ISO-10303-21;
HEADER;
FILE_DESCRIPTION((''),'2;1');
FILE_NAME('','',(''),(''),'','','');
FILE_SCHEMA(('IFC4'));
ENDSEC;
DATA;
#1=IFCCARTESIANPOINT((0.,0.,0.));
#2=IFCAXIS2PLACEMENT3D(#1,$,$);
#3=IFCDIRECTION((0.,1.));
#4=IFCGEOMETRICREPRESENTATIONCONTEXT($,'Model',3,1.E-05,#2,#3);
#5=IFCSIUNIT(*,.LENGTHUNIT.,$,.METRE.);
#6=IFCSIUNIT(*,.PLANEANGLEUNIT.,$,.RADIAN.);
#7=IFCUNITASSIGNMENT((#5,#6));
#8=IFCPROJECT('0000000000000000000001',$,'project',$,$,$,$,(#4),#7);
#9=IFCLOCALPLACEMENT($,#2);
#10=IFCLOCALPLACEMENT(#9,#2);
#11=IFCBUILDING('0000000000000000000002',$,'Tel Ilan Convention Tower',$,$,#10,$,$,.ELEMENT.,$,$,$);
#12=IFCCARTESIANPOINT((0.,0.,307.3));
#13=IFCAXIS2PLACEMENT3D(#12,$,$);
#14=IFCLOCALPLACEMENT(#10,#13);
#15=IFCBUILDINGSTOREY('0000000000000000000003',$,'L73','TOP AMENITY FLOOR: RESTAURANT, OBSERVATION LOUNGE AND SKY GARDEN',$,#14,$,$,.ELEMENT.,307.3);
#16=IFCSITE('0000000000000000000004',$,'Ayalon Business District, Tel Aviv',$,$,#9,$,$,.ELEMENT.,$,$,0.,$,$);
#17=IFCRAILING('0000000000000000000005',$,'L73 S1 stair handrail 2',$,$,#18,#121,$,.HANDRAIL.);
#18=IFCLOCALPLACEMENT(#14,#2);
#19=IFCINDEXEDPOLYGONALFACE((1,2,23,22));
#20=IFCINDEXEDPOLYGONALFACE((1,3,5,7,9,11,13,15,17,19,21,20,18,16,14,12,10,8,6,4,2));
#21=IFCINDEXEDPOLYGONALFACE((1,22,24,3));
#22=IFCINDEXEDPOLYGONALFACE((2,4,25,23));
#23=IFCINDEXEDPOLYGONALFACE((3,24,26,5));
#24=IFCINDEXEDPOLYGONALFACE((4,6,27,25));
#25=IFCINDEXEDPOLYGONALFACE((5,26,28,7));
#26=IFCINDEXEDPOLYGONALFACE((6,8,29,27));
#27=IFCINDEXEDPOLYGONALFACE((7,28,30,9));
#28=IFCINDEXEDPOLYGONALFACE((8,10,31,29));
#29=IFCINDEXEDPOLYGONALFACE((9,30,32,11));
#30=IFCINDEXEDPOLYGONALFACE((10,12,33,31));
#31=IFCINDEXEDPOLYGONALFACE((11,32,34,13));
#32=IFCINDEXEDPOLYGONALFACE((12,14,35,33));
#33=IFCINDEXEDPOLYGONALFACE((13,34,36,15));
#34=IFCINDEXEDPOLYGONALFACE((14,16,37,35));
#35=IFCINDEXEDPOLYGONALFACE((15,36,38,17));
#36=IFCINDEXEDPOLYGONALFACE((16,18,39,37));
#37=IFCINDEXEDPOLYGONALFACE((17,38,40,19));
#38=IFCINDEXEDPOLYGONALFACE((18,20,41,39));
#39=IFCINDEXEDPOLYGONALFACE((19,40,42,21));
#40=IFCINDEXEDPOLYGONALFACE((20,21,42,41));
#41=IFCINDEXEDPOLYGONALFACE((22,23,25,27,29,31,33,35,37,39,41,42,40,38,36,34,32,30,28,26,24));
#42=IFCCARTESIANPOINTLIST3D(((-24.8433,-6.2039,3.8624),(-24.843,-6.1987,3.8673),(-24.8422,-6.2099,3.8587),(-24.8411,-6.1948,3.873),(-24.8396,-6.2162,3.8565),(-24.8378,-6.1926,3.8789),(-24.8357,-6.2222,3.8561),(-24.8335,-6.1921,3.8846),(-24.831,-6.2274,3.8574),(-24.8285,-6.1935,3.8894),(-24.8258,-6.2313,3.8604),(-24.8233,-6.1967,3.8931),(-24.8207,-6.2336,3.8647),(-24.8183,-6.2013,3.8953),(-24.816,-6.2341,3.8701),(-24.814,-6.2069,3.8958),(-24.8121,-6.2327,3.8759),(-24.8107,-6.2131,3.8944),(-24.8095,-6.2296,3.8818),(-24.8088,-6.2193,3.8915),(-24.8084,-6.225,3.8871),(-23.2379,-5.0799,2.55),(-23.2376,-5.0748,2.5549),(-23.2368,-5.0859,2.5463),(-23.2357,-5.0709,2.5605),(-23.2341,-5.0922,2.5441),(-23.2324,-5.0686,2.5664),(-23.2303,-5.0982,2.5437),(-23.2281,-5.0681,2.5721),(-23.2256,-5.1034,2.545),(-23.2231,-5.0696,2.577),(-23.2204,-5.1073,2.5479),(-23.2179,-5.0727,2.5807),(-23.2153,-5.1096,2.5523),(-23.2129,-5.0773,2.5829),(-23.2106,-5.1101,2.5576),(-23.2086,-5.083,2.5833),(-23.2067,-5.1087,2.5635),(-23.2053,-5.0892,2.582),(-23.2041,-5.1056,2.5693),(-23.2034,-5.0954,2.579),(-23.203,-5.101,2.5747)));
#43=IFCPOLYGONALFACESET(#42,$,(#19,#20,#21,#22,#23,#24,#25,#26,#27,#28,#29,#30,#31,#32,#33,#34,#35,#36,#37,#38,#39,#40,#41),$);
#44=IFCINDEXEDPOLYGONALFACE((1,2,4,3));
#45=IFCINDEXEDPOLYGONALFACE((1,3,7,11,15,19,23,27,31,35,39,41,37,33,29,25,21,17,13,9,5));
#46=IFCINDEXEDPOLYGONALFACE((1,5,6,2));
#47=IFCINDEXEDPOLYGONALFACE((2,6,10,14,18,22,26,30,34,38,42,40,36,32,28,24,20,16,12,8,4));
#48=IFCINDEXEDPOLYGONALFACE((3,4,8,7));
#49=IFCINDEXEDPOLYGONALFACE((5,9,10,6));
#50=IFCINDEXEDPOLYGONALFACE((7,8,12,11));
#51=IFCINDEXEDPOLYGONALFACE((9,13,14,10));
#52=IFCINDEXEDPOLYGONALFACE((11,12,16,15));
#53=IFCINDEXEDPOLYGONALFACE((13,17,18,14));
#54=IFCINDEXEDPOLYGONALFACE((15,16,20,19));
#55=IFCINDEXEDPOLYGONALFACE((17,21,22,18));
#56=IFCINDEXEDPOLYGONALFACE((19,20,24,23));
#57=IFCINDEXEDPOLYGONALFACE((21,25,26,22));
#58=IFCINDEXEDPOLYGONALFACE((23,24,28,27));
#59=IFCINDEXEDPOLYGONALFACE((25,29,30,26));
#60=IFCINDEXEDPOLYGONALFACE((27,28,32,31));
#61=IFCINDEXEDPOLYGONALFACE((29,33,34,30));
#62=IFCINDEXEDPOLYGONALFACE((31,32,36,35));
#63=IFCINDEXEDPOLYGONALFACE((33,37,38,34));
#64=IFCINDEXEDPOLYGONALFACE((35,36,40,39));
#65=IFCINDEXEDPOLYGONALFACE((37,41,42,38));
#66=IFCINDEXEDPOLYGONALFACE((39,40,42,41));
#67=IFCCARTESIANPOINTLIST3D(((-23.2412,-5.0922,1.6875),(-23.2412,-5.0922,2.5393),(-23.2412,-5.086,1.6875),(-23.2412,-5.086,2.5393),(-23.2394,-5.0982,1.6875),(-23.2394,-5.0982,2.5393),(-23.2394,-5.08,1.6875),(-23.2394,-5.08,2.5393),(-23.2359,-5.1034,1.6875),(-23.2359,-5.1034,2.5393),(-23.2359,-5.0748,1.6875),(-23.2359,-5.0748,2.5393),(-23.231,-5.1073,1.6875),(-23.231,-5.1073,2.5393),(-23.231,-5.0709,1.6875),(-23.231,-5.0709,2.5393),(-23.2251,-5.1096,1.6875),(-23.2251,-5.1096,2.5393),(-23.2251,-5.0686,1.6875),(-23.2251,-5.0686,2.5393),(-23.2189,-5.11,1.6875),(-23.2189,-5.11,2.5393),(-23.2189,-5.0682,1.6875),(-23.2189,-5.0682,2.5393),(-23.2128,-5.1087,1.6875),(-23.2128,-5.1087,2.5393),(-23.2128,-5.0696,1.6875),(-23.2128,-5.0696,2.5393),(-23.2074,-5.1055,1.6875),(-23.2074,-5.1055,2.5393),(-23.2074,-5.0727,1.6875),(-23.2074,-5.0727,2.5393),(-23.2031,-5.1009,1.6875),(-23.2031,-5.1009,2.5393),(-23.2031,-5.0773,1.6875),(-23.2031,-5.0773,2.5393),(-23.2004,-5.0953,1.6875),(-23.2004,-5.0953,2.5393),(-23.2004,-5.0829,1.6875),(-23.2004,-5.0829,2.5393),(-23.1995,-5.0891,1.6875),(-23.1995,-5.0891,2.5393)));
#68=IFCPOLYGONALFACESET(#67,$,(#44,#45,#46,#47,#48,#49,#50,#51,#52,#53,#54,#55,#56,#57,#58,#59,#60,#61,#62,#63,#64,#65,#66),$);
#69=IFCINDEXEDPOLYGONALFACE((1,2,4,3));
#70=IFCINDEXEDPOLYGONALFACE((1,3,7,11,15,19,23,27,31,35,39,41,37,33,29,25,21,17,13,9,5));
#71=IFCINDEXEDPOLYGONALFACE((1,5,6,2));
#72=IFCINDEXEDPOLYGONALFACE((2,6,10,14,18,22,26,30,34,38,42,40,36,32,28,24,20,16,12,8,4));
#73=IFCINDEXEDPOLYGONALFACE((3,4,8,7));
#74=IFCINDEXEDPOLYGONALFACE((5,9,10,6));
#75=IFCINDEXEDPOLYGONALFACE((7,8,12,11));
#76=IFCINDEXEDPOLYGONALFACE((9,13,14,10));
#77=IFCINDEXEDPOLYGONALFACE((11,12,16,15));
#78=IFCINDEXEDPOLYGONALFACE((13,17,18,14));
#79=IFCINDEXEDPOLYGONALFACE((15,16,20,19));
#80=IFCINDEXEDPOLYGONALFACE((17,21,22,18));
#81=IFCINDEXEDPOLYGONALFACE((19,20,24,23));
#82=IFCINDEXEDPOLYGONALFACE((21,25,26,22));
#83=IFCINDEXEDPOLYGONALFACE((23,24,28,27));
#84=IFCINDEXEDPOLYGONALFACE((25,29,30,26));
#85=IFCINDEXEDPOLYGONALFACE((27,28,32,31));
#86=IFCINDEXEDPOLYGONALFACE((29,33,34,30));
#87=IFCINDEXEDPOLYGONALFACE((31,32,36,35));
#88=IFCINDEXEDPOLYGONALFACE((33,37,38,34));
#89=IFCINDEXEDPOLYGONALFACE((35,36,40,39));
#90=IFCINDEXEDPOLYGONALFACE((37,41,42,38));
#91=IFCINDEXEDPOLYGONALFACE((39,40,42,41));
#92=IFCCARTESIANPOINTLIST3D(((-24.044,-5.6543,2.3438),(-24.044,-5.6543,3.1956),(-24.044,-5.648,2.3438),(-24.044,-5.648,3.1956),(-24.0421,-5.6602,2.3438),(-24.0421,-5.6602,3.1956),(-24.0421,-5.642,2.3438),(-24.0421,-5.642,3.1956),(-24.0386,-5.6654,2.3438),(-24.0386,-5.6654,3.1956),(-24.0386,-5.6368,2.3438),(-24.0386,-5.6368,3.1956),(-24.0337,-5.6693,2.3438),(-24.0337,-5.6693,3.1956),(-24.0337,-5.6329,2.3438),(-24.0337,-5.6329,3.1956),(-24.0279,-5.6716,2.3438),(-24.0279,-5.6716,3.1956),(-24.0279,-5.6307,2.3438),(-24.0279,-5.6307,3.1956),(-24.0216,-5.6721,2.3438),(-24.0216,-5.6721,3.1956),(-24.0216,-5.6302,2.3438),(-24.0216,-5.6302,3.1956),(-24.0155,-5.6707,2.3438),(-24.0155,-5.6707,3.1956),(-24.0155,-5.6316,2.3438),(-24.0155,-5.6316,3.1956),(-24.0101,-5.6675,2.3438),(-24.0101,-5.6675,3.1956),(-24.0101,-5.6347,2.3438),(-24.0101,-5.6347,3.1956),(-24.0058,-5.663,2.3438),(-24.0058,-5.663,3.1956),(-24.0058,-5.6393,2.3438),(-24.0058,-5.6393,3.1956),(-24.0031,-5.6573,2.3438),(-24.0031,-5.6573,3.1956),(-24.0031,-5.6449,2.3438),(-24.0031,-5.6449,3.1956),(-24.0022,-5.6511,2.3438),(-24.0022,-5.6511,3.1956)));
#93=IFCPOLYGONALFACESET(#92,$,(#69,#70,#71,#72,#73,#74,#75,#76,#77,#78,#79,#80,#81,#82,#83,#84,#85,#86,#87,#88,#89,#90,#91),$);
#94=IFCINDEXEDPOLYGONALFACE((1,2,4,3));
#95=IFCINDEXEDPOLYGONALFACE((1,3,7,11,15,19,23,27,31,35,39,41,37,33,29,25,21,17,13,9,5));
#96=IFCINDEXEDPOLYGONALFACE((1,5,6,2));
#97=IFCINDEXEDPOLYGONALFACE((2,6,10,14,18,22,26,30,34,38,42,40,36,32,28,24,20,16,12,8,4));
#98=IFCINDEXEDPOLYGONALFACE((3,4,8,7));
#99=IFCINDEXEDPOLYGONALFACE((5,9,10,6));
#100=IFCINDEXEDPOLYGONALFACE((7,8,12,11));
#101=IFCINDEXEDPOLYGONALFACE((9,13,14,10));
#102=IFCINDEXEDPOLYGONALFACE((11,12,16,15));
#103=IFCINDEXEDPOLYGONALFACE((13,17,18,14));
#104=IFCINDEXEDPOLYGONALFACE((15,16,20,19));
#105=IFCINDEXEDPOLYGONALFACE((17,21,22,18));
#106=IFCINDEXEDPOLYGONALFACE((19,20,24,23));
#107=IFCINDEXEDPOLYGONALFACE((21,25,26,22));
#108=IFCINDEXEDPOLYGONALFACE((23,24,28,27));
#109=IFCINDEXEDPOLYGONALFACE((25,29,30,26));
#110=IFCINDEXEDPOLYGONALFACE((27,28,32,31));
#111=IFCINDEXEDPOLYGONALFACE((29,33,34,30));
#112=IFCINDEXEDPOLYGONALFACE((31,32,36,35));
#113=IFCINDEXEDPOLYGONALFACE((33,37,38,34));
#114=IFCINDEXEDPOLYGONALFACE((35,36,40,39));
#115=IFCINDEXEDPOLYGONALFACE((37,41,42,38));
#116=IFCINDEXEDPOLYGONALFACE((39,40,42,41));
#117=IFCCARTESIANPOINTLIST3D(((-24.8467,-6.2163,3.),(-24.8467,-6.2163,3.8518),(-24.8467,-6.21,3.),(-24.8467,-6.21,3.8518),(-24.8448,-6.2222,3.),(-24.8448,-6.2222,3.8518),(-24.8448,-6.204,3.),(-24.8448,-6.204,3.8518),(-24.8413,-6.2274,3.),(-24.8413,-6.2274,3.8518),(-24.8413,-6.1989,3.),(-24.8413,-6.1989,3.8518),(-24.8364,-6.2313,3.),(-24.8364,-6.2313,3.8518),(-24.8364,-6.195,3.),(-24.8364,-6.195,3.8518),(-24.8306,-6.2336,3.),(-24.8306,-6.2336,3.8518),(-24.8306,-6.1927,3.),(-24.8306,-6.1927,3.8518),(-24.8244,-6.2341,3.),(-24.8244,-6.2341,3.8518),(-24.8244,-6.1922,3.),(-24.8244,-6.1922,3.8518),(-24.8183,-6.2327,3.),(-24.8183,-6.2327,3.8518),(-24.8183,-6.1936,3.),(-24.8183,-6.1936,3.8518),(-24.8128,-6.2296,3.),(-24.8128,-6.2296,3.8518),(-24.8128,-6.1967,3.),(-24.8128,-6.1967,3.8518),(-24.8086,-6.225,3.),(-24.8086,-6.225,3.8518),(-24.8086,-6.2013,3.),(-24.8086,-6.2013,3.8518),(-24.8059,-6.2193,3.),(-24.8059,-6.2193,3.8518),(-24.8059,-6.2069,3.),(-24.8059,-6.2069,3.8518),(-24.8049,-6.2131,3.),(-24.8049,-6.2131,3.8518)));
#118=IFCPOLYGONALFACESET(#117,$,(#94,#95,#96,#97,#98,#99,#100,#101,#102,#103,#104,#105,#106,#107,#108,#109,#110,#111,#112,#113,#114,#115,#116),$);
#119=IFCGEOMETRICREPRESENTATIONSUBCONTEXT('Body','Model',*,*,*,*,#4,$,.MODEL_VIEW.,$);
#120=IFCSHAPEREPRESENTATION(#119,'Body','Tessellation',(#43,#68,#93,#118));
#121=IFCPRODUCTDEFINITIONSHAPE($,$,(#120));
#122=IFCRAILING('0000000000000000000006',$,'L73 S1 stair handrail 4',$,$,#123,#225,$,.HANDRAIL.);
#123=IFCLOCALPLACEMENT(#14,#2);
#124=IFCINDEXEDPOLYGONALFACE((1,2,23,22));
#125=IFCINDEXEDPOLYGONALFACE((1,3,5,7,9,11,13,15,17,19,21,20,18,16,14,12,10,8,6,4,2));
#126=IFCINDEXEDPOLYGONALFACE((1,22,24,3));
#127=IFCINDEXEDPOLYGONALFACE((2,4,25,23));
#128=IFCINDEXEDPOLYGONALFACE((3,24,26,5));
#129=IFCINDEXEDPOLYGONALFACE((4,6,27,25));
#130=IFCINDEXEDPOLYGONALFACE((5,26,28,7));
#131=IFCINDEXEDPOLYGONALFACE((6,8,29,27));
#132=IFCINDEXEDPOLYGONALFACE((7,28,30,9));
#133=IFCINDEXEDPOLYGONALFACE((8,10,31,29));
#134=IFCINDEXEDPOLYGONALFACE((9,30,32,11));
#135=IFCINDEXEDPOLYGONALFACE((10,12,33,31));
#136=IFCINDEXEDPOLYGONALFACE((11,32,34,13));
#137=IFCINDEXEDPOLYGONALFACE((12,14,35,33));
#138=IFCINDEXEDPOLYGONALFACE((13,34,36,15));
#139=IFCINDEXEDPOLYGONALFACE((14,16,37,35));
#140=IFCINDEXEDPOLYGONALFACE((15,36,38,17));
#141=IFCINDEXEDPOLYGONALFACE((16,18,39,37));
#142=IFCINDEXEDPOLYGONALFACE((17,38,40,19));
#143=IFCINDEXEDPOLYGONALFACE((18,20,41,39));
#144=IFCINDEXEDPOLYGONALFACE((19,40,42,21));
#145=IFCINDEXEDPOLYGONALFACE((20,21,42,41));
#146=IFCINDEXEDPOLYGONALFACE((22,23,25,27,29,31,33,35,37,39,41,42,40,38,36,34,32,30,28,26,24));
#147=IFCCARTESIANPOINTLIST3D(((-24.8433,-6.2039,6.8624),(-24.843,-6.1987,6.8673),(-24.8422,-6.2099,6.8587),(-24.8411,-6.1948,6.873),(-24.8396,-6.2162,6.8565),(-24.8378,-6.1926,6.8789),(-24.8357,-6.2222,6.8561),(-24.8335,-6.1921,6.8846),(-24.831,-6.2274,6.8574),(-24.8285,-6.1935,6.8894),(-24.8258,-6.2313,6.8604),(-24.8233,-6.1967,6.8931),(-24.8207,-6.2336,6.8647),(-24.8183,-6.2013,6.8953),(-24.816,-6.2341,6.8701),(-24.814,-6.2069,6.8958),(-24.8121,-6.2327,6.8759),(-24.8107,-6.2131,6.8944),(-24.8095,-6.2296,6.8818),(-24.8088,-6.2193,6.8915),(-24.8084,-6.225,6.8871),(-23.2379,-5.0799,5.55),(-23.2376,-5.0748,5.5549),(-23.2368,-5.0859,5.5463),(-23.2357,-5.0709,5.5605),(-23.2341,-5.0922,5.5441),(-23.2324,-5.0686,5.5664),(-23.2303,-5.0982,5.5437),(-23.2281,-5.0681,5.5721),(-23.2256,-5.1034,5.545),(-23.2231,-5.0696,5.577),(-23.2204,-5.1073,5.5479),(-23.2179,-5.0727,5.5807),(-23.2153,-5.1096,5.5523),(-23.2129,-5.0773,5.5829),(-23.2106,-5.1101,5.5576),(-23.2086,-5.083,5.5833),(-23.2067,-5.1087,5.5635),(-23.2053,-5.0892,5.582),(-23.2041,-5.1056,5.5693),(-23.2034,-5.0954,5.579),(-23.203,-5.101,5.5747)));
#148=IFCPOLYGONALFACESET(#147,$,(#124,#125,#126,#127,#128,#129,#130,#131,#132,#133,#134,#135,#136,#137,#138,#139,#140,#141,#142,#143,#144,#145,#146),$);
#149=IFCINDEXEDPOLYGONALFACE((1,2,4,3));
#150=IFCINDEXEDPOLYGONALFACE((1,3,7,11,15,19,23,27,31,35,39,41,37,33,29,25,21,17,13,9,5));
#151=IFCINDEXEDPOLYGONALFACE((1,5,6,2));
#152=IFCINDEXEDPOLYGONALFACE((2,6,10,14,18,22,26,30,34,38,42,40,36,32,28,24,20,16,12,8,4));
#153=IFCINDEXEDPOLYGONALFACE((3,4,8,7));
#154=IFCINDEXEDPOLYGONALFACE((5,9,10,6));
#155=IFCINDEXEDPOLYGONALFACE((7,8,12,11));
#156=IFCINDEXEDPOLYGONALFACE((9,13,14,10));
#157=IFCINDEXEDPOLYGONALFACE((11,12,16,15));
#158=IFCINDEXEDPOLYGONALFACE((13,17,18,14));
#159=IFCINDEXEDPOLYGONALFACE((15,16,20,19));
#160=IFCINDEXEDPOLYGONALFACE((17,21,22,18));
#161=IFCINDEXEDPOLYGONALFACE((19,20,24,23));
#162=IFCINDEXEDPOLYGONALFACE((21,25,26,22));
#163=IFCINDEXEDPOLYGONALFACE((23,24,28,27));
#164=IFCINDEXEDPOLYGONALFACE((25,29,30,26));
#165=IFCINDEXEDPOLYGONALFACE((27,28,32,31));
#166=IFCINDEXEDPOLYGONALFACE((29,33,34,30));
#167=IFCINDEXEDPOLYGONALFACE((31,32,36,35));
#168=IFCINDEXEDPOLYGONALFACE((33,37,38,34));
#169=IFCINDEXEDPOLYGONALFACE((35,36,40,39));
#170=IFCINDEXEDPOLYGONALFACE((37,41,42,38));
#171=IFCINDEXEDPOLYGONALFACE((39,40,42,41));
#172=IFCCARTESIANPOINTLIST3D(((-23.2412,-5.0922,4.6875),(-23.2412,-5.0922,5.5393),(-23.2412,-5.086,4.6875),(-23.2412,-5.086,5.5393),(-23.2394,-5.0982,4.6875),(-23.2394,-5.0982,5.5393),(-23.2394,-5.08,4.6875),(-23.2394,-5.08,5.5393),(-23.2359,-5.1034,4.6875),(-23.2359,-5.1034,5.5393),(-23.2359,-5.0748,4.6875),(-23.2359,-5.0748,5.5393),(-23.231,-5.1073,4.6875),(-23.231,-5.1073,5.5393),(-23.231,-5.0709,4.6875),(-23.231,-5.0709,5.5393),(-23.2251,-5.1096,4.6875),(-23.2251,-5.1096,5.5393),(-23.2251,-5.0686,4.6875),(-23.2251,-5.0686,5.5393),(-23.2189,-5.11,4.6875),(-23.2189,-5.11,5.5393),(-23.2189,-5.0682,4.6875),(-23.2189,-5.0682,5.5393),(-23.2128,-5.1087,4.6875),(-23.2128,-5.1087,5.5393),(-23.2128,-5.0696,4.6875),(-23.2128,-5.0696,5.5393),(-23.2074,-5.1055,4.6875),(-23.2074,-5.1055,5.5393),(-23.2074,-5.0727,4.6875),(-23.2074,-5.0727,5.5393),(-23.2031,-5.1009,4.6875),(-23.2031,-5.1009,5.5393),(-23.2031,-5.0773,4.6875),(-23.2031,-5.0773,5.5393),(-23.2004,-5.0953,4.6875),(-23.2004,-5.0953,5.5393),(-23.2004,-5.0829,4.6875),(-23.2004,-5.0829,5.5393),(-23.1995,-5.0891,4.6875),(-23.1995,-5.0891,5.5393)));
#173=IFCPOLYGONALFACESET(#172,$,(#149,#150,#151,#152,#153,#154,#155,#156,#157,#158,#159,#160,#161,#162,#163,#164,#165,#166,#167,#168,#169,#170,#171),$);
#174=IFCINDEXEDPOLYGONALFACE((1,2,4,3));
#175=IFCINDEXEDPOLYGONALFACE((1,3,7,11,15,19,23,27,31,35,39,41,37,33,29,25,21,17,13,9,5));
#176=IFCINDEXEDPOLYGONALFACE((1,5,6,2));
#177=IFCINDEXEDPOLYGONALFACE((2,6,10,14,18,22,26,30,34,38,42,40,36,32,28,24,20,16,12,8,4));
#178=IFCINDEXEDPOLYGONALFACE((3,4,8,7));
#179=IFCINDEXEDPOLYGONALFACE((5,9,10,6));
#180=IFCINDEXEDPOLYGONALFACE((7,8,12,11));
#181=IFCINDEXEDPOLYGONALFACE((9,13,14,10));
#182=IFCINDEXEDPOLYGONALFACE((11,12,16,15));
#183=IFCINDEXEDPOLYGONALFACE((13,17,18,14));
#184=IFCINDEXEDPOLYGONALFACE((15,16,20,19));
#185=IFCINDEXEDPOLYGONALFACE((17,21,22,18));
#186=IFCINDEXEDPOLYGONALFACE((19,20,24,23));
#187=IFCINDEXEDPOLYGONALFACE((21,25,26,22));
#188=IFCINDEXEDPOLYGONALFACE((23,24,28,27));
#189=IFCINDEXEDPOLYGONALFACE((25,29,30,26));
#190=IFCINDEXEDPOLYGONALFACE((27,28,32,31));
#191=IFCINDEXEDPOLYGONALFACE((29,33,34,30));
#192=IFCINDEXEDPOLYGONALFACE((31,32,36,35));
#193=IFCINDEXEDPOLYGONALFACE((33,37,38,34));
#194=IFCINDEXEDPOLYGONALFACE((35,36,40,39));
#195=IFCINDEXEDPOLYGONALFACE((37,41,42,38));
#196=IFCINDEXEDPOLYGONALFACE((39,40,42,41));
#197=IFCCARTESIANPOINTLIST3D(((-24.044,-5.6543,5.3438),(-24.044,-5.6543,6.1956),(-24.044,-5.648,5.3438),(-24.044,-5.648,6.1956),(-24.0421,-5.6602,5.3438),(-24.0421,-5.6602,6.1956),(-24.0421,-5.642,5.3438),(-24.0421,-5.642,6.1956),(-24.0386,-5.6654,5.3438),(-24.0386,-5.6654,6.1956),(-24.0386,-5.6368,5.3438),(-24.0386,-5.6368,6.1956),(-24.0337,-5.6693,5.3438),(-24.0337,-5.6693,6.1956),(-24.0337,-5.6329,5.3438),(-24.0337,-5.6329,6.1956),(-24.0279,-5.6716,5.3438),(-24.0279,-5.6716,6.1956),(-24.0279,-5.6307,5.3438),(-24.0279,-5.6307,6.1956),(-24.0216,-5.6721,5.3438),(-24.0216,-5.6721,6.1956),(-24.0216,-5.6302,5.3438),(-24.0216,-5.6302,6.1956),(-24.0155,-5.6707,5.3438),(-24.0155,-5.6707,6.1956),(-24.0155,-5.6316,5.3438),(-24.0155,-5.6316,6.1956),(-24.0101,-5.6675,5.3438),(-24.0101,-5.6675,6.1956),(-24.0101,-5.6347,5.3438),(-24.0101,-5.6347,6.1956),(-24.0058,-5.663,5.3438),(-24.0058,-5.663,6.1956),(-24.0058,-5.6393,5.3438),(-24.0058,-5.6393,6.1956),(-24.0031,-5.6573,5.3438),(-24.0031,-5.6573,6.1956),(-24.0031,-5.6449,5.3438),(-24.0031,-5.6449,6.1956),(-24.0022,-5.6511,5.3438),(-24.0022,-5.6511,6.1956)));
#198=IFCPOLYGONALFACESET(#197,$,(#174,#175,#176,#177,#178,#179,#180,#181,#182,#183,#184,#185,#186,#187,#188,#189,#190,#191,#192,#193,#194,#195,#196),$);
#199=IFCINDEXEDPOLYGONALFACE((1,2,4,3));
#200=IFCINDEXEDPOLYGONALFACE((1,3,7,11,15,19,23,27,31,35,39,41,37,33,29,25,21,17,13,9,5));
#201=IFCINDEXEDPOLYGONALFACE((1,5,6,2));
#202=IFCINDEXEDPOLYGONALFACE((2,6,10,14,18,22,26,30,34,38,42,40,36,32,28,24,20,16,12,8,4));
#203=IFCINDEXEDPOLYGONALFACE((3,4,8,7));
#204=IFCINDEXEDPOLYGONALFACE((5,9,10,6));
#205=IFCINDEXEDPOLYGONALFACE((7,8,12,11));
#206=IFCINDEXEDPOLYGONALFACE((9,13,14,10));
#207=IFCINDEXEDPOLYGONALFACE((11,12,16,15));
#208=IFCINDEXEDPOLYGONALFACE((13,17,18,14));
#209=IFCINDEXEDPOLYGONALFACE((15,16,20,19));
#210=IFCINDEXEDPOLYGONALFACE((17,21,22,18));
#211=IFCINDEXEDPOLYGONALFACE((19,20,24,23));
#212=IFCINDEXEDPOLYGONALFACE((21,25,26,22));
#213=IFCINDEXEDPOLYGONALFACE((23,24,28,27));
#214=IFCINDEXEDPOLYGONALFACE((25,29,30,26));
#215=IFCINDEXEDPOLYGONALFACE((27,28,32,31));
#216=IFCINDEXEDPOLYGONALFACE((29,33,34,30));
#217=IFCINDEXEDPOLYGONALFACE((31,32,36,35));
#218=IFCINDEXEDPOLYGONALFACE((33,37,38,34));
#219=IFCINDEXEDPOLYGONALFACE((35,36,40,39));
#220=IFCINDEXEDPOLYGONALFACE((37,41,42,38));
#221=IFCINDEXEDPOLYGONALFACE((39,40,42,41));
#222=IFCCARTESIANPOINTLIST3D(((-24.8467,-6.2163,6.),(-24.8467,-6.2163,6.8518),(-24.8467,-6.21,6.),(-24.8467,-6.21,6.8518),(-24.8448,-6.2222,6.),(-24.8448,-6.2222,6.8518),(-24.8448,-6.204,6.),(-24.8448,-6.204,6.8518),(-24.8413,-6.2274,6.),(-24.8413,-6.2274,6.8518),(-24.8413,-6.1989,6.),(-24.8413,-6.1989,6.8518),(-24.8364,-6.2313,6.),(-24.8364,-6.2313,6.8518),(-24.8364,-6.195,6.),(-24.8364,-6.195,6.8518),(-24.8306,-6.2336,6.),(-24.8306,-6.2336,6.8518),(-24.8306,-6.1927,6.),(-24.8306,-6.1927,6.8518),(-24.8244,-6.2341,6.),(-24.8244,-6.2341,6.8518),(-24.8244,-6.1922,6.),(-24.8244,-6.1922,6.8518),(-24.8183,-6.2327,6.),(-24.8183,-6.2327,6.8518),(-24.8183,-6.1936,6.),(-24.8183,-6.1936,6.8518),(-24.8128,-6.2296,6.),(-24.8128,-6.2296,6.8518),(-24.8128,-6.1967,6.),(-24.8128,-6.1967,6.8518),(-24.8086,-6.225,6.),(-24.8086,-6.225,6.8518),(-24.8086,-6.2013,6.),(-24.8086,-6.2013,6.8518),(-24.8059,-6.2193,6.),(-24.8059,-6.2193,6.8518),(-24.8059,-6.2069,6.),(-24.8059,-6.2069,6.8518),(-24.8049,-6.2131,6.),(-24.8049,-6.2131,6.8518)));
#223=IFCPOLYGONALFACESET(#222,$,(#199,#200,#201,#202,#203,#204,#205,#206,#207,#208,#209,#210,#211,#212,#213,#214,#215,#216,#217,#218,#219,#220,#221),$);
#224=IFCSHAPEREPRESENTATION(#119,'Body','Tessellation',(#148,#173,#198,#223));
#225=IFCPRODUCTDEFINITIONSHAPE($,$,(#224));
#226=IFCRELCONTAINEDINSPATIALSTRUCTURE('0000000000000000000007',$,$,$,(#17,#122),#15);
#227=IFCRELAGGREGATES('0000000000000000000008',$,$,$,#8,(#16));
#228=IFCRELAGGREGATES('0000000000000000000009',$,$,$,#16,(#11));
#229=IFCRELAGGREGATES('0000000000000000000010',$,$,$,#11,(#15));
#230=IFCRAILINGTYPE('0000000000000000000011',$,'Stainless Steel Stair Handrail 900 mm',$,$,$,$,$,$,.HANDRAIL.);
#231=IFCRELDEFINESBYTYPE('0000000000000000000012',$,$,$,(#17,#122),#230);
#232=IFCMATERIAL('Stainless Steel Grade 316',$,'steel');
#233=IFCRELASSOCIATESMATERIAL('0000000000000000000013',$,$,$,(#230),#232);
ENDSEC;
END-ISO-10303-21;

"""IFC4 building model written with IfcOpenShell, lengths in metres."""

from ifc_helpers import new_model, si_unit, direction, frame, origin, origin_2d, place, context, subcontext, project, spatial, circle, extrude, material, type_object, element, save


model = new_model("IFC4")

# Units and contexts
model_context = context("Model", 3, precision=1e-05, world=origin(), true_north=direction((0.0, 1.0)))
body_context = subcontext(model_context, "Body", "Model", "MODEL_VIEW")
ifc_project = project(units=[si_unit("LENGTHUNIT", "METRE"), si_unit("PLANEANGLEUNIT", "RADIAN")], contexts=[model_context])

# Site, building, storey
site_placement = place(None, origin())
site = spatial("IfcSite", under=ifc_project, at=site_placement, Name="Ayalon Business District, Tel Aviv", CompositionType="ELEMENT", RefElevation=0.0)
building_placement = place(site_placement, origin())
building = spatial("IfcBuilding", under=site, at=building_placement, Name="Tel Ilan Convention Tower", CompositionType="ELEMENT")
storey_placement = place(building_placement, frame((0.0, 0.0, 307.3)))
storey = spatial("IfcBuildingStorey", under=building, at=storey_placement, Name="L73", Description="TOP AMENITY FLOOR: RESTAURANT, OBSERVATION LOUNGE AND SKY GARDEN", CompositionType="ELEMENT", Elevation=307.3)

# Railings
ifc_material_1 = material(Name="Stainless Steel Grade 316", Category="steel")
railing_type_1 = type_object("IfcRailingType", Name="Stainless Steel Stair Handrail 900 mm", PredefinedType="HANDRAIL", material=ifc_material_1)
for number, where, name in (
    (1, (-23.2205, -5.0891, 1.6875), "L73 S1 stair handrail 2"),
    (2, (-23.2205, -5.0891, 4.6875), "L73 S1 stair handrail 4"),
):
    element("IfcRailing", number, at=place(storey_placement, frame(where)), inside=storey, type_object=railing_type_1, Name=name, PredefinedType="HANDRAIL", context=body_context, shape_type="SweptSolid", body=[
        extrude(circle(Radius=0.0239, at=origin_2d()), frame((0.0, 0.0, 0.876), z_axis=(-0.680649, -0.476537, 0.556443), x_axis=(0.573529, -0.819185, 0.0)), (0.0, 0.0, 1.0), 2.3586),
        extrude(circle(Radius=0.021, at=origin_2d()), origin(), (0.0, 0.0, 1.0), 0.8518),
        extrude(circle(Radius=0.021, at=origin_2d()), frame((-0.8027, -0.562, 0.6562)), (0.0, 0.0, 1.0), 0.8518),
        extrude(circle(Radius=0.021, at=origin_2d()), frame((-1.6055, -1.124, 1.3125)), (0.0, 0.0, 1.0), 0.8518),
    ])

save(model, "model.ifc")
